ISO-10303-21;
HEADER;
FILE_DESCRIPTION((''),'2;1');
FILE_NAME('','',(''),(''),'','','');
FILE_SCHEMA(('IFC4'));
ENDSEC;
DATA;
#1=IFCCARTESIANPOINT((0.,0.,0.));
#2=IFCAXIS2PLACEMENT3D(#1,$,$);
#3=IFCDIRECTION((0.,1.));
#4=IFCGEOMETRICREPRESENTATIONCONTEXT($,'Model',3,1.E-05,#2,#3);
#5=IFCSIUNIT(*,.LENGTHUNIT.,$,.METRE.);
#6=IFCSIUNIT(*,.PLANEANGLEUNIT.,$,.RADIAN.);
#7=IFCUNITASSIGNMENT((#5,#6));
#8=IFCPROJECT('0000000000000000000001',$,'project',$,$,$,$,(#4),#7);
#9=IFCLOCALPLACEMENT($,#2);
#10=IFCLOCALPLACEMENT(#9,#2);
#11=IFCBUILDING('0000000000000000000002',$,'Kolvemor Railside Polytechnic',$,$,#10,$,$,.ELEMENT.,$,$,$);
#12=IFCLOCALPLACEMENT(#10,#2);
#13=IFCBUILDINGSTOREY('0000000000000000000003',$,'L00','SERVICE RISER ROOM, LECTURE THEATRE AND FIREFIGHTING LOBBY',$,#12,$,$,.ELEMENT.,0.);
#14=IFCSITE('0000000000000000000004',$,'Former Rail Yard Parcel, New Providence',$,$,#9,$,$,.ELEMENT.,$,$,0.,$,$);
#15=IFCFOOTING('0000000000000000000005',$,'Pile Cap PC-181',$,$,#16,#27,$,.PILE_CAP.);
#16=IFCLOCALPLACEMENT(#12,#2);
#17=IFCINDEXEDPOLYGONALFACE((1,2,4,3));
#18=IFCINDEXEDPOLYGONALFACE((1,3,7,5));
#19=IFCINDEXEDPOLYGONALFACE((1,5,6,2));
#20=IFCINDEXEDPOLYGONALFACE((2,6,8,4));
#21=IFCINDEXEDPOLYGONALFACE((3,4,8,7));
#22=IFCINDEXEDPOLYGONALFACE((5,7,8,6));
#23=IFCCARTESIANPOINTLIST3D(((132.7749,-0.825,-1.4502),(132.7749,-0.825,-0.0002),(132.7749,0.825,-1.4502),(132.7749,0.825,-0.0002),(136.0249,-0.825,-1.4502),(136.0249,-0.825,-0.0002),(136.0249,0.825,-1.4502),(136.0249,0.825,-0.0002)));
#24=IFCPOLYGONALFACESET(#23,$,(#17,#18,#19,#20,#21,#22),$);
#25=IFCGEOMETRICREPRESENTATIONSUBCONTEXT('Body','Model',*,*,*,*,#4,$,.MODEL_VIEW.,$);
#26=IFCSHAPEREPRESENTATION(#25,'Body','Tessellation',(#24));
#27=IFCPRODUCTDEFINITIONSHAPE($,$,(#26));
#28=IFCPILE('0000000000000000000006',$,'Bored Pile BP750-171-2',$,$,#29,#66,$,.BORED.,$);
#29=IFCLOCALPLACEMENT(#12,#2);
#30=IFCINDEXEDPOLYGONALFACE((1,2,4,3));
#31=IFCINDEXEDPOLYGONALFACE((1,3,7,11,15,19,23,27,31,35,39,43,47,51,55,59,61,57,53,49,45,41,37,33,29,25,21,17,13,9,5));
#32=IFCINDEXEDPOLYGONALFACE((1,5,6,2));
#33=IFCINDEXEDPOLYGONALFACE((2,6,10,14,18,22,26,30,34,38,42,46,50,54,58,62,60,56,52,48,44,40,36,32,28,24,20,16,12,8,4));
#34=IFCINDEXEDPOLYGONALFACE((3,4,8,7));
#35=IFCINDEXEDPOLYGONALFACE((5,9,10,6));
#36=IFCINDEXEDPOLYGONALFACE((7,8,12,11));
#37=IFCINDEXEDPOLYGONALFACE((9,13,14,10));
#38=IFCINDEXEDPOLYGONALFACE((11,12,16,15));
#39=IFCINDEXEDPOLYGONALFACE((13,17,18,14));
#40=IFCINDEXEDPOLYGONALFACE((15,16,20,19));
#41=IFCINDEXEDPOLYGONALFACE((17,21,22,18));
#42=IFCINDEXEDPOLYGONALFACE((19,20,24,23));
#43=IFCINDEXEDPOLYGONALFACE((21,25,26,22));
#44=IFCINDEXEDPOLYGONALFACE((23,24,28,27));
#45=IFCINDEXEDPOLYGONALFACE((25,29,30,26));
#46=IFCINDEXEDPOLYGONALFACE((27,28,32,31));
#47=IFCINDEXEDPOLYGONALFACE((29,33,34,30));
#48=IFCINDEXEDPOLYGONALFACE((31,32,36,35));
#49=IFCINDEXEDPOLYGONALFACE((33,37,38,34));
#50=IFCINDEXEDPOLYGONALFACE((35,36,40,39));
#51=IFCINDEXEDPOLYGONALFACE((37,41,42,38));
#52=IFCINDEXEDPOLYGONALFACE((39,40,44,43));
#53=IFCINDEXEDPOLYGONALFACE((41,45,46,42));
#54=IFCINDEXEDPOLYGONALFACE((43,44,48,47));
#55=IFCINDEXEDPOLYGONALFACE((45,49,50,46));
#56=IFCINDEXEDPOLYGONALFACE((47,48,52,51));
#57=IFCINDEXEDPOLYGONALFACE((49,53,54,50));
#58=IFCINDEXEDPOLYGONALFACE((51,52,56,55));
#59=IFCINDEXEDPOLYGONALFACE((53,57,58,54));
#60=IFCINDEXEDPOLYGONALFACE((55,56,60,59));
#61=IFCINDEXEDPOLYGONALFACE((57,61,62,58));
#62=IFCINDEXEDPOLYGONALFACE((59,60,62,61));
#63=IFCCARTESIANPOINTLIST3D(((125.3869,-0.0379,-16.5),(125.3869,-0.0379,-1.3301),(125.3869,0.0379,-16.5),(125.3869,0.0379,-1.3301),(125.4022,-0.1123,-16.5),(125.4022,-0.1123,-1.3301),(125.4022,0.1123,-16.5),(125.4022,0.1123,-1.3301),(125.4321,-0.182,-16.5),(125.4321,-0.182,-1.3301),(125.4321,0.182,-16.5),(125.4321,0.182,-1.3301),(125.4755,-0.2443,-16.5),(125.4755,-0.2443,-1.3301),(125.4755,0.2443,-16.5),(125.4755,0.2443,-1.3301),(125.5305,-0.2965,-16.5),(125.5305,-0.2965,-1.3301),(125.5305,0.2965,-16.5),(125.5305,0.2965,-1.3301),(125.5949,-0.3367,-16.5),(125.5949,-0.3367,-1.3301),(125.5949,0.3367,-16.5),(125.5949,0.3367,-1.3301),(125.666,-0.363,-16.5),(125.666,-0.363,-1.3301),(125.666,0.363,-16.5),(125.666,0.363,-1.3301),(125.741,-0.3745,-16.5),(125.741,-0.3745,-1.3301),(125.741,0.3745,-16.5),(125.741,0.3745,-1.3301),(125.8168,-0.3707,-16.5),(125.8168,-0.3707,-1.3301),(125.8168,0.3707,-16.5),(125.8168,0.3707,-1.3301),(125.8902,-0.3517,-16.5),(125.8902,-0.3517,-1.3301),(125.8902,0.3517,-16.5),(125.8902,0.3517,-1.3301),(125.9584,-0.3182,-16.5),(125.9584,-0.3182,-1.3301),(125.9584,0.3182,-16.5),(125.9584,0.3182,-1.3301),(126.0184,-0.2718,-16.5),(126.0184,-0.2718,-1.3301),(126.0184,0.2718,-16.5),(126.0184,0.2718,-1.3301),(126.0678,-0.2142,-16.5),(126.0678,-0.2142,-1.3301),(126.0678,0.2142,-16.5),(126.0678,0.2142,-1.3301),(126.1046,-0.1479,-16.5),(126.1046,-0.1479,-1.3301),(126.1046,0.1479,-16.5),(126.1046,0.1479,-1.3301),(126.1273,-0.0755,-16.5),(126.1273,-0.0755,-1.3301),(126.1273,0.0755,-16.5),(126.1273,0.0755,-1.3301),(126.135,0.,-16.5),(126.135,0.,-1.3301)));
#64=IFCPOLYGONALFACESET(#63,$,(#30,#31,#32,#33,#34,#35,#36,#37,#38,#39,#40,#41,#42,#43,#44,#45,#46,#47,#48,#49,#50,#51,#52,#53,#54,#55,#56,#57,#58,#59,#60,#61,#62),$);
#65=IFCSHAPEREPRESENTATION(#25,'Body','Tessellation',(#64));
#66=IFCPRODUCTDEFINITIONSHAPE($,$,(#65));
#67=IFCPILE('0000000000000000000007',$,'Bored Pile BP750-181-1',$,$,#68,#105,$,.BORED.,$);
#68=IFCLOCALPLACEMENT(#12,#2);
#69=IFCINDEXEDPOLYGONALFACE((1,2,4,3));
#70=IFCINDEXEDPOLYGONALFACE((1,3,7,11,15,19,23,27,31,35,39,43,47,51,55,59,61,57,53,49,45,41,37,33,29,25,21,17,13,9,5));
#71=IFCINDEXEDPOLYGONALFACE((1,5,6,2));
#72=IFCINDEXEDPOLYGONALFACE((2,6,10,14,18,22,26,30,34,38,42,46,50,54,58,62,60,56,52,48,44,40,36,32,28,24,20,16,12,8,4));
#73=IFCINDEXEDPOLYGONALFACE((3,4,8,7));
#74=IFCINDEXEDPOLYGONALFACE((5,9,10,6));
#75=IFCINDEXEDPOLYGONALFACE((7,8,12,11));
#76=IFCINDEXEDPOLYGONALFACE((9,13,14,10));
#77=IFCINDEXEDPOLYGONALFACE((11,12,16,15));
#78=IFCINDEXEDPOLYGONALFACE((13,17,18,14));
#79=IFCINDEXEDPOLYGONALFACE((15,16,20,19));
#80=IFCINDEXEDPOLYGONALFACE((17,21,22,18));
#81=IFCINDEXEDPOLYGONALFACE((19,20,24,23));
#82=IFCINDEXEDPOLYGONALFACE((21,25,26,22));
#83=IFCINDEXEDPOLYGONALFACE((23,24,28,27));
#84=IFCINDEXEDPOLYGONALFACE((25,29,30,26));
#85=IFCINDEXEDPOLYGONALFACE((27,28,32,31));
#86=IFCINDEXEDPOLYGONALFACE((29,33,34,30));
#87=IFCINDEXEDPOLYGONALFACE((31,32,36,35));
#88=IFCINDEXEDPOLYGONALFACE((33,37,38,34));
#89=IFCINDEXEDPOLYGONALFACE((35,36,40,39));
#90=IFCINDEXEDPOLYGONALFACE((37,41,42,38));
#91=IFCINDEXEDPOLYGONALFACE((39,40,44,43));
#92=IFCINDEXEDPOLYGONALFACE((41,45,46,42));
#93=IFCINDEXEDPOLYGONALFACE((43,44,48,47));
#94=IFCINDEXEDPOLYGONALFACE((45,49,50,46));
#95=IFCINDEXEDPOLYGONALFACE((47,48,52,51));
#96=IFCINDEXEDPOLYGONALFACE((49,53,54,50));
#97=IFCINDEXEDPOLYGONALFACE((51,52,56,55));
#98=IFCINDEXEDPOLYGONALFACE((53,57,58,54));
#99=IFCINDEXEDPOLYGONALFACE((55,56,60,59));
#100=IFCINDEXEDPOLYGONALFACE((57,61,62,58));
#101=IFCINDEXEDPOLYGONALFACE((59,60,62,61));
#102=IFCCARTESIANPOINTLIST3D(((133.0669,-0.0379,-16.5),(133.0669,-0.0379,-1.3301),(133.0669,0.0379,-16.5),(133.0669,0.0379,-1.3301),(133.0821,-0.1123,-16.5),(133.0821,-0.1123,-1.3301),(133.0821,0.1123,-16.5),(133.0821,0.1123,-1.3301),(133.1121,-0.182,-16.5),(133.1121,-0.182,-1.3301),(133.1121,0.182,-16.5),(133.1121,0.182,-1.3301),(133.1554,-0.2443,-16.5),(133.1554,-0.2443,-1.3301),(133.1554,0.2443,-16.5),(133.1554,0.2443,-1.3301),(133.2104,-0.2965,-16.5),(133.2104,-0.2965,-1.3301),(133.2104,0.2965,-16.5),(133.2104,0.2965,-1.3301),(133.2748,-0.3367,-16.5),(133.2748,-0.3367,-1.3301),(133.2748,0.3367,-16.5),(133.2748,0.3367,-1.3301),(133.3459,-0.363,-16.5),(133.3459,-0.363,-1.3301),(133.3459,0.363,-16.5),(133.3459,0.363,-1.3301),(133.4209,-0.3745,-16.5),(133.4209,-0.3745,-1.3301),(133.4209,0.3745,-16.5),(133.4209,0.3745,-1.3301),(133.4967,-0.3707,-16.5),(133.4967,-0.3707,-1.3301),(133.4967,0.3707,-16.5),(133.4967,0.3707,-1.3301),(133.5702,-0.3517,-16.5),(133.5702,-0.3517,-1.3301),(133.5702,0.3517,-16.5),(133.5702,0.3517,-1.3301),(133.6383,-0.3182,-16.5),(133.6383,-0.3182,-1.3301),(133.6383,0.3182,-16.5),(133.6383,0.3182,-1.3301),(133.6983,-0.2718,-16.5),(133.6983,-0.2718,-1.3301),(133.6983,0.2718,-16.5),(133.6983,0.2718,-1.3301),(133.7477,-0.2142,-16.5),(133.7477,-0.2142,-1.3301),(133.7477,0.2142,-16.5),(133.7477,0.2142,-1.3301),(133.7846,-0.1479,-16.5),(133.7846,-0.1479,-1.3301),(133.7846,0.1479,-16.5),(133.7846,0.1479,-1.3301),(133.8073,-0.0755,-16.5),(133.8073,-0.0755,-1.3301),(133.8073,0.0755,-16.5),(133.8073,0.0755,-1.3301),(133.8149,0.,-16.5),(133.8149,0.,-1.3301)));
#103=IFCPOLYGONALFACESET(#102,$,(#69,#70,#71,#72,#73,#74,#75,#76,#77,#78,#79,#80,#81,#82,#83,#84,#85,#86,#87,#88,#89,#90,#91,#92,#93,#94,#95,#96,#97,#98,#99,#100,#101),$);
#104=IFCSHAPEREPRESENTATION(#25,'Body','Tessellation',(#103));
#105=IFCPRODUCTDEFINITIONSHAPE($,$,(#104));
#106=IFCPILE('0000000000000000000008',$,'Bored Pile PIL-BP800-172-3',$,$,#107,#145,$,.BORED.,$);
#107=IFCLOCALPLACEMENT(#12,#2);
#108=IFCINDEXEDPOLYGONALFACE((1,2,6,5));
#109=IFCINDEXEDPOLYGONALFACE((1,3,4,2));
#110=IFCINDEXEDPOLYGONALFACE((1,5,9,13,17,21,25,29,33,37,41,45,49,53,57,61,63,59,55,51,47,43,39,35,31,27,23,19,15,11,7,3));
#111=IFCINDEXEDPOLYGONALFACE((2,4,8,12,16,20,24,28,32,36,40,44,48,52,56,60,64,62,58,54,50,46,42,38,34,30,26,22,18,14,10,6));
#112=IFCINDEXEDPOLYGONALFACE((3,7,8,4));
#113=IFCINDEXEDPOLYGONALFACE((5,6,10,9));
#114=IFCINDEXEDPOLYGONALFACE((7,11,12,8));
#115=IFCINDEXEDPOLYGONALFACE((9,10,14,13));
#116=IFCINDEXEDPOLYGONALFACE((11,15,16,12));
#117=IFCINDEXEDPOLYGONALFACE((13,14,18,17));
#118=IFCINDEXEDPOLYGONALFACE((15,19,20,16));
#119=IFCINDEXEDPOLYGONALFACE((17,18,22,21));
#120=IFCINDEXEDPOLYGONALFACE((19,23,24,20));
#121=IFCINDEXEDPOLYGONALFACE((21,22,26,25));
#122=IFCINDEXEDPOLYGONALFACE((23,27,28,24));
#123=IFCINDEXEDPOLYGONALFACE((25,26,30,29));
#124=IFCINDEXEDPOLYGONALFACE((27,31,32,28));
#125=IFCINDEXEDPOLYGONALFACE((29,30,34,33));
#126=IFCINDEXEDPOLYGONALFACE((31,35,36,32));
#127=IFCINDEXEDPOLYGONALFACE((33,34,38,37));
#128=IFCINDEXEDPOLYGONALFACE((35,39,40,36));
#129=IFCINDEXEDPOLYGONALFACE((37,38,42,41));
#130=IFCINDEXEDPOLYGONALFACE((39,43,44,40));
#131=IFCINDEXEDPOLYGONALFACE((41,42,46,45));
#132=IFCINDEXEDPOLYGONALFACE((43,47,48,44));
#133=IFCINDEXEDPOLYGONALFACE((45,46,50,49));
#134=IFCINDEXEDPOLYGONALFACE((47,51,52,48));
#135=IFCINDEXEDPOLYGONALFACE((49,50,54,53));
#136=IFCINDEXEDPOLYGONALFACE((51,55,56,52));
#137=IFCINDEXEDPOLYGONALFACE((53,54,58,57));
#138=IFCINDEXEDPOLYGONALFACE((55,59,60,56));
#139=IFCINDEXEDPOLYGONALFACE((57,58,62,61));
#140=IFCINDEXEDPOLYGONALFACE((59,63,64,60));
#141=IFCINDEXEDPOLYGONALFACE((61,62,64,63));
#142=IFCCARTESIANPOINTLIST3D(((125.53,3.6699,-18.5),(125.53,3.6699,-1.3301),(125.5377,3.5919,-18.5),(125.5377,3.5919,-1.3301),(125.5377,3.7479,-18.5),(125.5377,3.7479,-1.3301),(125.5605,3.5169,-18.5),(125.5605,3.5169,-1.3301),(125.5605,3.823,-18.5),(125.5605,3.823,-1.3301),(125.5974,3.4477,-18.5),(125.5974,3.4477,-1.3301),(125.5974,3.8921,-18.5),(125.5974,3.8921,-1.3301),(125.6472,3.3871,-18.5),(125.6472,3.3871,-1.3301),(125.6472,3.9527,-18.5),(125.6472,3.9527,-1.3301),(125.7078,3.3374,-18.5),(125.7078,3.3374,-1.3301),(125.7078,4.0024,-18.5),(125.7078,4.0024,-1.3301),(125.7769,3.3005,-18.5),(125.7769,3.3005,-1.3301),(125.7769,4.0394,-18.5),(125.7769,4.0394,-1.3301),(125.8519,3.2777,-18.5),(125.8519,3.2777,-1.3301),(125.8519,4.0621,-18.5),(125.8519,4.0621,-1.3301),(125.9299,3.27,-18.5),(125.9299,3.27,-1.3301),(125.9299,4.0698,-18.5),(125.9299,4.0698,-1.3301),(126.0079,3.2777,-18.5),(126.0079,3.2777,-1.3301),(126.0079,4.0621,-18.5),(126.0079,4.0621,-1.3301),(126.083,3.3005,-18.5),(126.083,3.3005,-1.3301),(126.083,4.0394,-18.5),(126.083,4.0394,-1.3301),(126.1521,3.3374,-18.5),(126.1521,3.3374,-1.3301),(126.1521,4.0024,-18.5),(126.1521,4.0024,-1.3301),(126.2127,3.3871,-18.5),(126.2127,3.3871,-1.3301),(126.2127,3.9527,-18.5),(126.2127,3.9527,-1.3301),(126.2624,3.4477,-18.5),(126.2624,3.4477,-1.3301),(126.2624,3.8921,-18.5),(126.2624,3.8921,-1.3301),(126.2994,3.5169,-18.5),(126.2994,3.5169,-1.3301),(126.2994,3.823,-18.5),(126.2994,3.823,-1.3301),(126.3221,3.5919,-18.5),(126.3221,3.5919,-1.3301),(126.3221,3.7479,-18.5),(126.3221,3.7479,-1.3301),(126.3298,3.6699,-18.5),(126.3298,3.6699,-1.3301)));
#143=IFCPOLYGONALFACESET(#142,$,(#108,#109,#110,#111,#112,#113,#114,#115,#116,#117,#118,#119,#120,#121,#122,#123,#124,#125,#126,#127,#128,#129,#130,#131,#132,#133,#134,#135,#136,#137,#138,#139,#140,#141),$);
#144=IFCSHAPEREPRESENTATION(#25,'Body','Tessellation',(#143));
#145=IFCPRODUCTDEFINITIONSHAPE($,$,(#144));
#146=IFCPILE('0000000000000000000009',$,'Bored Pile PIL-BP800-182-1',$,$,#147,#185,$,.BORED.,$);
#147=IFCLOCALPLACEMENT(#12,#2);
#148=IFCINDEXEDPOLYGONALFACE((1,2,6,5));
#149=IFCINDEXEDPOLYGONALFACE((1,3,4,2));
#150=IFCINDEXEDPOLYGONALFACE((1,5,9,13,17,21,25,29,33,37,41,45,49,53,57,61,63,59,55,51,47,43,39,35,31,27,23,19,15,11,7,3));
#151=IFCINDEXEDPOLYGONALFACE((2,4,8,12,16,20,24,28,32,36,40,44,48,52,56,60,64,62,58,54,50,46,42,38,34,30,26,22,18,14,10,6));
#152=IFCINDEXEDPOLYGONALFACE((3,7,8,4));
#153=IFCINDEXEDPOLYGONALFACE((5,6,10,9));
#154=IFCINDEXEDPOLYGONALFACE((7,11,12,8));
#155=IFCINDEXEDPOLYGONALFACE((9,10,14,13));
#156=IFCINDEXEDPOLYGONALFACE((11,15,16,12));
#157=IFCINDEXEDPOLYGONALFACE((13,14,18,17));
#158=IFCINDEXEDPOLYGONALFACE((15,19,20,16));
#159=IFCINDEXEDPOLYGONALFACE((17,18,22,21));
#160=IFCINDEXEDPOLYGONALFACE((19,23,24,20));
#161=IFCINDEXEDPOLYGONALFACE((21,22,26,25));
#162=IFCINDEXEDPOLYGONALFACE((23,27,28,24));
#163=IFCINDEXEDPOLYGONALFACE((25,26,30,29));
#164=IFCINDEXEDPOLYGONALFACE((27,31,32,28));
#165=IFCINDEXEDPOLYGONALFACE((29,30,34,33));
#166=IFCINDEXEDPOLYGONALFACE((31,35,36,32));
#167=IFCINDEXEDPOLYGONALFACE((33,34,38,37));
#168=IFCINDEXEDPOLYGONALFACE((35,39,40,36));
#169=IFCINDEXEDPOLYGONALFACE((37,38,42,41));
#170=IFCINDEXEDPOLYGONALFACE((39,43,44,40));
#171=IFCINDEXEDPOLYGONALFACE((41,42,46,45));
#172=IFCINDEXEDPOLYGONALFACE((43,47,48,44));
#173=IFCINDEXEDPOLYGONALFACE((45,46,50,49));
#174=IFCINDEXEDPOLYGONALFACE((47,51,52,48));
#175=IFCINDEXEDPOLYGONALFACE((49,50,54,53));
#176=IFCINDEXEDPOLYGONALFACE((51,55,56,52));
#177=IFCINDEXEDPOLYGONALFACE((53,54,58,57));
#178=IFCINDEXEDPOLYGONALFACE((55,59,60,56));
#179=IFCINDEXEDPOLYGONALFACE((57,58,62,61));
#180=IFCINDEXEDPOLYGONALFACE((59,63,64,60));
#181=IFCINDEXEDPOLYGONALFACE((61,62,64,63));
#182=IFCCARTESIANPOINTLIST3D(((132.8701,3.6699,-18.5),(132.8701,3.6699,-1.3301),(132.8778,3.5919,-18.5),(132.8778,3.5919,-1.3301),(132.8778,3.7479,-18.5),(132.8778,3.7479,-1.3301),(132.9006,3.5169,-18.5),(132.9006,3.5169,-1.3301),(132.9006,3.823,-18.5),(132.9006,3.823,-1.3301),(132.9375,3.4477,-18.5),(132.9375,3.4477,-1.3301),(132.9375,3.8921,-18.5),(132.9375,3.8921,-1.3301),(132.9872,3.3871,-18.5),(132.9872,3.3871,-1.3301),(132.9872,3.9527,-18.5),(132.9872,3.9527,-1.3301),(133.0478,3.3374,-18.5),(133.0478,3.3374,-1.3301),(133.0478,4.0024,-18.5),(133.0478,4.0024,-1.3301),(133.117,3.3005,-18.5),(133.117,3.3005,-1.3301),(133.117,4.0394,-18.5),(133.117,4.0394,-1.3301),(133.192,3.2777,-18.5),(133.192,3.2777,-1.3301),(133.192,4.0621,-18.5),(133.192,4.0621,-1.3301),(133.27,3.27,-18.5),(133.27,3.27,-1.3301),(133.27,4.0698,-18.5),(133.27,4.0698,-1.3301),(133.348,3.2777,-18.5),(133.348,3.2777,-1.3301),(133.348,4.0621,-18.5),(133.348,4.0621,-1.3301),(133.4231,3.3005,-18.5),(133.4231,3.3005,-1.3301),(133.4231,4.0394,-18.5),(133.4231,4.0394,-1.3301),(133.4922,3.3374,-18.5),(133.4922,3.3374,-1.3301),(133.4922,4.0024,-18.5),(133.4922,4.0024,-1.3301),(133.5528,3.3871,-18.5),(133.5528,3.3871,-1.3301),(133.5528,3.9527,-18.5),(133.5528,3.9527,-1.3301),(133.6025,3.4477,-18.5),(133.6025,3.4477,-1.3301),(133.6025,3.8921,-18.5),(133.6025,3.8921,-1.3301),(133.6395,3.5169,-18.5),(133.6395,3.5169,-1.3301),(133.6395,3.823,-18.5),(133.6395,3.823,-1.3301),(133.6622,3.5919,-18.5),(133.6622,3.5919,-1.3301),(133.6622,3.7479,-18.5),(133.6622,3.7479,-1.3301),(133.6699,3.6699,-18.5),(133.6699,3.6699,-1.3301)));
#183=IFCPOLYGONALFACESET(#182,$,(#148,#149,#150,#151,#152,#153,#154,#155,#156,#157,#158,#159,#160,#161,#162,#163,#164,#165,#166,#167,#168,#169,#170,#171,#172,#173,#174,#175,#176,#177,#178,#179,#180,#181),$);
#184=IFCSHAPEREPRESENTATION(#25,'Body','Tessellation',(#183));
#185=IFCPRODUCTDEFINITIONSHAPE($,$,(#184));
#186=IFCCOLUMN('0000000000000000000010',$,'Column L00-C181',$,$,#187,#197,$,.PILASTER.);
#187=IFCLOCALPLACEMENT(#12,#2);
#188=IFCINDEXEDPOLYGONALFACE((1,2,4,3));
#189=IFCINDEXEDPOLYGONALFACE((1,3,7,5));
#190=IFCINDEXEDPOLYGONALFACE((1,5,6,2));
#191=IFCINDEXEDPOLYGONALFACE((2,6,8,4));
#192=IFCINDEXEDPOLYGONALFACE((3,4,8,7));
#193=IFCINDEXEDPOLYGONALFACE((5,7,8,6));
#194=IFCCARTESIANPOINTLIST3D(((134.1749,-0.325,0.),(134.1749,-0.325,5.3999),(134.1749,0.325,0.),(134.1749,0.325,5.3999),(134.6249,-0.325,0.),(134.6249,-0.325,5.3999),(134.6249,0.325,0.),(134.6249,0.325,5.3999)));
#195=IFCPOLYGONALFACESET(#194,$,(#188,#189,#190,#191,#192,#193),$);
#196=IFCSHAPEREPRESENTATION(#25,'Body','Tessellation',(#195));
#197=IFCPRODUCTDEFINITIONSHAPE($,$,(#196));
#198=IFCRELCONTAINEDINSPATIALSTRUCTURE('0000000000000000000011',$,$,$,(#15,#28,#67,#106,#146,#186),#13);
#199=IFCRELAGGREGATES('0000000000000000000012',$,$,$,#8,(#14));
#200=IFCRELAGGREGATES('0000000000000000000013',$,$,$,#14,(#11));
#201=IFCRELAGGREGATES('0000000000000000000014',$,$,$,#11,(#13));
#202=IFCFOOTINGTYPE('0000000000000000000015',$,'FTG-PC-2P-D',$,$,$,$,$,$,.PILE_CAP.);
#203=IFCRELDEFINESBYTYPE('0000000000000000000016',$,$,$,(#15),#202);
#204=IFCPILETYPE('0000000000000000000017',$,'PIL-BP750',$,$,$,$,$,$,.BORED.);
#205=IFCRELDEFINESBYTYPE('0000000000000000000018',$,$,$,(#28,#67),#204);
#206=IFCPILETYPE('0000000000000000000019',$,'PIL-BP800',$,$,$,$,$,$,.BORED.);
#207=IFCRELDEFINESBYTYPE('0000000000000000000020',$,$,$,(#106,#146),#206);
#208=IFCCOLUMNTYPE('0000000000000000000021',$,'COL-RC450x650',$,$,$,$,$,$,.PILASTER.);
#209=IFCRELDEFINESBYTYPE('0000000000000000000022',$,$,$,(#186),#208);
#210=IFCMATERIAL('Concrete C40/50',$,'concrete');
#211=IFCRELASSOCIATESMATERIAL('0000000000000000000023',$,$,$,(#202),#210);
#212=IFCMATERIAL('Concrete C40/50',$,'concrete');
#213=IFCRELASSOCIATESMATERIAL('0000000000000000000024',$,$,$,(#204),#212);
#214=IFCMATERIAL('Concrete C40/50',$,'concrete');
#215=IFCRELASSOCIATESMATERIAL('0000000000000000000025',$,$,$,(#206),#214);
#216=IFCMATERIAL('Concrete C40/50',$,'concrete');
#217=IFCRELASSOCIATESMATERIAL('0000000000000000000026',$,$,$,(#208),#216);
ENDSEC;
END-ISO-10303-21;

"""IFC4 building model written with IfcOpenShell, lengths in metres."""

from ifc_helpers import new_model, si_unit, direction, frame, origin, origin_2d, place, context, subcontext, project, spatial, rectangle, circle, extrude, material, material_profile, profile_set, type_object, element, save


model = new_model("IFC4")

# Units and contexts
model_context = context("Model", 3, precision=1e-05, world=origin(), true_north=direction((0.0, 1.0)))
body_context = subcontext(model_context, "Body", "Model", "MODEL_VIEW")
ifc_project = project(units=[si_unit("LENGTHUNIT", "METRE"), si_unit("PLANEANGLEUNIT", "RADIAN")], contexts=[model_context])

# Site, building, storey
site_placement = place(None, origin())
site = spatial("IfcSite", under=ifc_project, at=site_placement, Name="Former Rail Yard Parcel, New Providence", CompositionType="ELEMENT", RefElevation=0.0)
building_placement = place(site_placement, origin())
building = spatial("IfcBuilding", under=site, at=building_placement, Name="Kolvemor Railside Polytechnic", CompositionType="ELEMENT")
storey_placement = place(building_placement, origin())
storey = spatial("IfcBuildingStorey", under=building, at=storey_placement, Name="L00", Description="SERVICE RISER ROOM, LECTURE THEATRE AND FIREFIGHTING LOBBY", CompositionType="ELEMENT", Elevation=0.0)

# Footing
ifc_material_1 = material(Name="Concrete C40/50", Category="concrete")
footing_type = type_object("IfcFootingType", Name="FTG-PC-2P-D", PredefinedType="PILE_CAP", material=ifc_material_1)
footing_placement = place(storey_placement, frame((134.3999, 0.0, -1.4502), z_axis=(0.0, 0.0, 1.0), x_axis=(1.0, 0.0, 0.0)))
element("IfcFooting", 1, at=footing_placement, inside=storey, type_object=footing_type, Name="Pile Cap PC-181", PredefinedType="PILE_CAP", context=body_context, shape_type="SweptSolid", body=[
    extrude(rectangle(XDim=3.25, YDim=1.6499, at=origin_2d()), origin(), (0.0, 0.0, 1.0), 1.45),
])

# Piles
ifc_material_2 = material(Name="Concrete C40/50", Category="concrete")
ifc_material_profile_1 = material_profile(ifc_material_2, circle(Radius=0.375, at=origin_2d()), Name="BP750")
ifc_profile_set_1 = profile_set([ifc_material_profile_1], Name="Concrete C40/50")
pile_type_1 = type_object("IfcPileType", Name="PIL-BP750", PredefinedType="BORED", material=ifc_profile_set_1)
for number, where, z_axis, x_axis, name in (
    (2, (125.76, 0.0, -1.3301), (0.0, 0.0, -1.0), (1.0, 0.0, 0.0), "Bored Pile BP750-171-2"),
    (3, (133.4399, 0.0, -1.3301), (0.0, 0.0, -1.0), (1.0, 0.0, 0.0), "Bored Pile BP750-181-1"),
):
    element("IfcPile", number, at=place(storey_placement, frame(where, z_axis=z_axis, x_axis=x_axis)), inside=storey, type_object=pile_type_1, Name=name, PredefinedType="BORED", context=body_context, shape_type="SweptSolid", body=[
        extrude(circle(Radius=0.375, at=origin_2d()), origin(), (0.0, 0.0, 1.0), 15.1699),
    ])
ifc_material_3 = material(Name="Concrete C40/50", Category="concrete")
ifc_material_profile_2 = material_profile(ifc_material_3, circle(Radius=0.3999, at=origin_2d()), Name="BP800")
ifc_profile_set_2 = profile_set([ifc_material_profile_2], Name="Concrete C40/50")
pile_type_2 = type_object("IfcPileType", Name="PIL-BP800", PredefinedType="BORED", material=ifc_profile_set_2)
for number, where, z_axis, x_axis, name in (
    (4, (125.9299, 3.6699, -1.3301), (0.0, 0.0, -1.0), (1.0, 0.0, 0.0), "Bored Pile PIL-BP800-172-3"),
    (5, (133.27, 3.6699, -1.3301), (0.0, 0.0, -1.0), (1.0, 0.0, 0.0), "Bored Pile PIL-BP800-182-1"),
):
    element("IfcPile", number, at=place(storey_placement, frame(where, z_axis=z_axis, x_axis=x_axis)), inside=storey, type_object=pile_type_2, Name=name, PredefinedType="BORED", context=body_context, shape_type="SweptSolid", body=[
        extrude(circle(Radius=0.3999, at=origin_2d()), origin(), (0.0, 0.0, 1.0), 17.1699),
    ])

# Column
ifc_material_4 = material(Name="Concrete C40/50", Category="concrete")
ifc_material_profile_3 = material_profile(ifc_material_4, rectangle(XDim=0.45, YDim=0.6499, at=origin_2d()), Name="RC450x650")
ifc_profile_set_3 = profile_set([ifc_material_profile_3], Name="Concrete C40/50")
column_type = type_object("IfcColumnType", Name="COL-RC450x650", PredefinedType="PILASTER", material=ifc_profile_set_3)
column_placement = place(storey_placement, frame((134.3999, 0.0, 0.0), z_axis=(0.0, 0.0, 1.0), x_axis=(1.0, 0.0, 0.0)))
element("IfcColumn", 6, at=column_placement, inside=storey, type_object=column_type, Name="Column L00-C181", PredefinedType="PILASTER", context=body_context, shape_type="SweptSolid", body=[
    extrude(rectangle(XDim=0.45, YDim=0.6499, at=origin_2d()), origin(), (0.0, 0.0, 1.0), 5.3999),
])

save(model, "model.ifc")
